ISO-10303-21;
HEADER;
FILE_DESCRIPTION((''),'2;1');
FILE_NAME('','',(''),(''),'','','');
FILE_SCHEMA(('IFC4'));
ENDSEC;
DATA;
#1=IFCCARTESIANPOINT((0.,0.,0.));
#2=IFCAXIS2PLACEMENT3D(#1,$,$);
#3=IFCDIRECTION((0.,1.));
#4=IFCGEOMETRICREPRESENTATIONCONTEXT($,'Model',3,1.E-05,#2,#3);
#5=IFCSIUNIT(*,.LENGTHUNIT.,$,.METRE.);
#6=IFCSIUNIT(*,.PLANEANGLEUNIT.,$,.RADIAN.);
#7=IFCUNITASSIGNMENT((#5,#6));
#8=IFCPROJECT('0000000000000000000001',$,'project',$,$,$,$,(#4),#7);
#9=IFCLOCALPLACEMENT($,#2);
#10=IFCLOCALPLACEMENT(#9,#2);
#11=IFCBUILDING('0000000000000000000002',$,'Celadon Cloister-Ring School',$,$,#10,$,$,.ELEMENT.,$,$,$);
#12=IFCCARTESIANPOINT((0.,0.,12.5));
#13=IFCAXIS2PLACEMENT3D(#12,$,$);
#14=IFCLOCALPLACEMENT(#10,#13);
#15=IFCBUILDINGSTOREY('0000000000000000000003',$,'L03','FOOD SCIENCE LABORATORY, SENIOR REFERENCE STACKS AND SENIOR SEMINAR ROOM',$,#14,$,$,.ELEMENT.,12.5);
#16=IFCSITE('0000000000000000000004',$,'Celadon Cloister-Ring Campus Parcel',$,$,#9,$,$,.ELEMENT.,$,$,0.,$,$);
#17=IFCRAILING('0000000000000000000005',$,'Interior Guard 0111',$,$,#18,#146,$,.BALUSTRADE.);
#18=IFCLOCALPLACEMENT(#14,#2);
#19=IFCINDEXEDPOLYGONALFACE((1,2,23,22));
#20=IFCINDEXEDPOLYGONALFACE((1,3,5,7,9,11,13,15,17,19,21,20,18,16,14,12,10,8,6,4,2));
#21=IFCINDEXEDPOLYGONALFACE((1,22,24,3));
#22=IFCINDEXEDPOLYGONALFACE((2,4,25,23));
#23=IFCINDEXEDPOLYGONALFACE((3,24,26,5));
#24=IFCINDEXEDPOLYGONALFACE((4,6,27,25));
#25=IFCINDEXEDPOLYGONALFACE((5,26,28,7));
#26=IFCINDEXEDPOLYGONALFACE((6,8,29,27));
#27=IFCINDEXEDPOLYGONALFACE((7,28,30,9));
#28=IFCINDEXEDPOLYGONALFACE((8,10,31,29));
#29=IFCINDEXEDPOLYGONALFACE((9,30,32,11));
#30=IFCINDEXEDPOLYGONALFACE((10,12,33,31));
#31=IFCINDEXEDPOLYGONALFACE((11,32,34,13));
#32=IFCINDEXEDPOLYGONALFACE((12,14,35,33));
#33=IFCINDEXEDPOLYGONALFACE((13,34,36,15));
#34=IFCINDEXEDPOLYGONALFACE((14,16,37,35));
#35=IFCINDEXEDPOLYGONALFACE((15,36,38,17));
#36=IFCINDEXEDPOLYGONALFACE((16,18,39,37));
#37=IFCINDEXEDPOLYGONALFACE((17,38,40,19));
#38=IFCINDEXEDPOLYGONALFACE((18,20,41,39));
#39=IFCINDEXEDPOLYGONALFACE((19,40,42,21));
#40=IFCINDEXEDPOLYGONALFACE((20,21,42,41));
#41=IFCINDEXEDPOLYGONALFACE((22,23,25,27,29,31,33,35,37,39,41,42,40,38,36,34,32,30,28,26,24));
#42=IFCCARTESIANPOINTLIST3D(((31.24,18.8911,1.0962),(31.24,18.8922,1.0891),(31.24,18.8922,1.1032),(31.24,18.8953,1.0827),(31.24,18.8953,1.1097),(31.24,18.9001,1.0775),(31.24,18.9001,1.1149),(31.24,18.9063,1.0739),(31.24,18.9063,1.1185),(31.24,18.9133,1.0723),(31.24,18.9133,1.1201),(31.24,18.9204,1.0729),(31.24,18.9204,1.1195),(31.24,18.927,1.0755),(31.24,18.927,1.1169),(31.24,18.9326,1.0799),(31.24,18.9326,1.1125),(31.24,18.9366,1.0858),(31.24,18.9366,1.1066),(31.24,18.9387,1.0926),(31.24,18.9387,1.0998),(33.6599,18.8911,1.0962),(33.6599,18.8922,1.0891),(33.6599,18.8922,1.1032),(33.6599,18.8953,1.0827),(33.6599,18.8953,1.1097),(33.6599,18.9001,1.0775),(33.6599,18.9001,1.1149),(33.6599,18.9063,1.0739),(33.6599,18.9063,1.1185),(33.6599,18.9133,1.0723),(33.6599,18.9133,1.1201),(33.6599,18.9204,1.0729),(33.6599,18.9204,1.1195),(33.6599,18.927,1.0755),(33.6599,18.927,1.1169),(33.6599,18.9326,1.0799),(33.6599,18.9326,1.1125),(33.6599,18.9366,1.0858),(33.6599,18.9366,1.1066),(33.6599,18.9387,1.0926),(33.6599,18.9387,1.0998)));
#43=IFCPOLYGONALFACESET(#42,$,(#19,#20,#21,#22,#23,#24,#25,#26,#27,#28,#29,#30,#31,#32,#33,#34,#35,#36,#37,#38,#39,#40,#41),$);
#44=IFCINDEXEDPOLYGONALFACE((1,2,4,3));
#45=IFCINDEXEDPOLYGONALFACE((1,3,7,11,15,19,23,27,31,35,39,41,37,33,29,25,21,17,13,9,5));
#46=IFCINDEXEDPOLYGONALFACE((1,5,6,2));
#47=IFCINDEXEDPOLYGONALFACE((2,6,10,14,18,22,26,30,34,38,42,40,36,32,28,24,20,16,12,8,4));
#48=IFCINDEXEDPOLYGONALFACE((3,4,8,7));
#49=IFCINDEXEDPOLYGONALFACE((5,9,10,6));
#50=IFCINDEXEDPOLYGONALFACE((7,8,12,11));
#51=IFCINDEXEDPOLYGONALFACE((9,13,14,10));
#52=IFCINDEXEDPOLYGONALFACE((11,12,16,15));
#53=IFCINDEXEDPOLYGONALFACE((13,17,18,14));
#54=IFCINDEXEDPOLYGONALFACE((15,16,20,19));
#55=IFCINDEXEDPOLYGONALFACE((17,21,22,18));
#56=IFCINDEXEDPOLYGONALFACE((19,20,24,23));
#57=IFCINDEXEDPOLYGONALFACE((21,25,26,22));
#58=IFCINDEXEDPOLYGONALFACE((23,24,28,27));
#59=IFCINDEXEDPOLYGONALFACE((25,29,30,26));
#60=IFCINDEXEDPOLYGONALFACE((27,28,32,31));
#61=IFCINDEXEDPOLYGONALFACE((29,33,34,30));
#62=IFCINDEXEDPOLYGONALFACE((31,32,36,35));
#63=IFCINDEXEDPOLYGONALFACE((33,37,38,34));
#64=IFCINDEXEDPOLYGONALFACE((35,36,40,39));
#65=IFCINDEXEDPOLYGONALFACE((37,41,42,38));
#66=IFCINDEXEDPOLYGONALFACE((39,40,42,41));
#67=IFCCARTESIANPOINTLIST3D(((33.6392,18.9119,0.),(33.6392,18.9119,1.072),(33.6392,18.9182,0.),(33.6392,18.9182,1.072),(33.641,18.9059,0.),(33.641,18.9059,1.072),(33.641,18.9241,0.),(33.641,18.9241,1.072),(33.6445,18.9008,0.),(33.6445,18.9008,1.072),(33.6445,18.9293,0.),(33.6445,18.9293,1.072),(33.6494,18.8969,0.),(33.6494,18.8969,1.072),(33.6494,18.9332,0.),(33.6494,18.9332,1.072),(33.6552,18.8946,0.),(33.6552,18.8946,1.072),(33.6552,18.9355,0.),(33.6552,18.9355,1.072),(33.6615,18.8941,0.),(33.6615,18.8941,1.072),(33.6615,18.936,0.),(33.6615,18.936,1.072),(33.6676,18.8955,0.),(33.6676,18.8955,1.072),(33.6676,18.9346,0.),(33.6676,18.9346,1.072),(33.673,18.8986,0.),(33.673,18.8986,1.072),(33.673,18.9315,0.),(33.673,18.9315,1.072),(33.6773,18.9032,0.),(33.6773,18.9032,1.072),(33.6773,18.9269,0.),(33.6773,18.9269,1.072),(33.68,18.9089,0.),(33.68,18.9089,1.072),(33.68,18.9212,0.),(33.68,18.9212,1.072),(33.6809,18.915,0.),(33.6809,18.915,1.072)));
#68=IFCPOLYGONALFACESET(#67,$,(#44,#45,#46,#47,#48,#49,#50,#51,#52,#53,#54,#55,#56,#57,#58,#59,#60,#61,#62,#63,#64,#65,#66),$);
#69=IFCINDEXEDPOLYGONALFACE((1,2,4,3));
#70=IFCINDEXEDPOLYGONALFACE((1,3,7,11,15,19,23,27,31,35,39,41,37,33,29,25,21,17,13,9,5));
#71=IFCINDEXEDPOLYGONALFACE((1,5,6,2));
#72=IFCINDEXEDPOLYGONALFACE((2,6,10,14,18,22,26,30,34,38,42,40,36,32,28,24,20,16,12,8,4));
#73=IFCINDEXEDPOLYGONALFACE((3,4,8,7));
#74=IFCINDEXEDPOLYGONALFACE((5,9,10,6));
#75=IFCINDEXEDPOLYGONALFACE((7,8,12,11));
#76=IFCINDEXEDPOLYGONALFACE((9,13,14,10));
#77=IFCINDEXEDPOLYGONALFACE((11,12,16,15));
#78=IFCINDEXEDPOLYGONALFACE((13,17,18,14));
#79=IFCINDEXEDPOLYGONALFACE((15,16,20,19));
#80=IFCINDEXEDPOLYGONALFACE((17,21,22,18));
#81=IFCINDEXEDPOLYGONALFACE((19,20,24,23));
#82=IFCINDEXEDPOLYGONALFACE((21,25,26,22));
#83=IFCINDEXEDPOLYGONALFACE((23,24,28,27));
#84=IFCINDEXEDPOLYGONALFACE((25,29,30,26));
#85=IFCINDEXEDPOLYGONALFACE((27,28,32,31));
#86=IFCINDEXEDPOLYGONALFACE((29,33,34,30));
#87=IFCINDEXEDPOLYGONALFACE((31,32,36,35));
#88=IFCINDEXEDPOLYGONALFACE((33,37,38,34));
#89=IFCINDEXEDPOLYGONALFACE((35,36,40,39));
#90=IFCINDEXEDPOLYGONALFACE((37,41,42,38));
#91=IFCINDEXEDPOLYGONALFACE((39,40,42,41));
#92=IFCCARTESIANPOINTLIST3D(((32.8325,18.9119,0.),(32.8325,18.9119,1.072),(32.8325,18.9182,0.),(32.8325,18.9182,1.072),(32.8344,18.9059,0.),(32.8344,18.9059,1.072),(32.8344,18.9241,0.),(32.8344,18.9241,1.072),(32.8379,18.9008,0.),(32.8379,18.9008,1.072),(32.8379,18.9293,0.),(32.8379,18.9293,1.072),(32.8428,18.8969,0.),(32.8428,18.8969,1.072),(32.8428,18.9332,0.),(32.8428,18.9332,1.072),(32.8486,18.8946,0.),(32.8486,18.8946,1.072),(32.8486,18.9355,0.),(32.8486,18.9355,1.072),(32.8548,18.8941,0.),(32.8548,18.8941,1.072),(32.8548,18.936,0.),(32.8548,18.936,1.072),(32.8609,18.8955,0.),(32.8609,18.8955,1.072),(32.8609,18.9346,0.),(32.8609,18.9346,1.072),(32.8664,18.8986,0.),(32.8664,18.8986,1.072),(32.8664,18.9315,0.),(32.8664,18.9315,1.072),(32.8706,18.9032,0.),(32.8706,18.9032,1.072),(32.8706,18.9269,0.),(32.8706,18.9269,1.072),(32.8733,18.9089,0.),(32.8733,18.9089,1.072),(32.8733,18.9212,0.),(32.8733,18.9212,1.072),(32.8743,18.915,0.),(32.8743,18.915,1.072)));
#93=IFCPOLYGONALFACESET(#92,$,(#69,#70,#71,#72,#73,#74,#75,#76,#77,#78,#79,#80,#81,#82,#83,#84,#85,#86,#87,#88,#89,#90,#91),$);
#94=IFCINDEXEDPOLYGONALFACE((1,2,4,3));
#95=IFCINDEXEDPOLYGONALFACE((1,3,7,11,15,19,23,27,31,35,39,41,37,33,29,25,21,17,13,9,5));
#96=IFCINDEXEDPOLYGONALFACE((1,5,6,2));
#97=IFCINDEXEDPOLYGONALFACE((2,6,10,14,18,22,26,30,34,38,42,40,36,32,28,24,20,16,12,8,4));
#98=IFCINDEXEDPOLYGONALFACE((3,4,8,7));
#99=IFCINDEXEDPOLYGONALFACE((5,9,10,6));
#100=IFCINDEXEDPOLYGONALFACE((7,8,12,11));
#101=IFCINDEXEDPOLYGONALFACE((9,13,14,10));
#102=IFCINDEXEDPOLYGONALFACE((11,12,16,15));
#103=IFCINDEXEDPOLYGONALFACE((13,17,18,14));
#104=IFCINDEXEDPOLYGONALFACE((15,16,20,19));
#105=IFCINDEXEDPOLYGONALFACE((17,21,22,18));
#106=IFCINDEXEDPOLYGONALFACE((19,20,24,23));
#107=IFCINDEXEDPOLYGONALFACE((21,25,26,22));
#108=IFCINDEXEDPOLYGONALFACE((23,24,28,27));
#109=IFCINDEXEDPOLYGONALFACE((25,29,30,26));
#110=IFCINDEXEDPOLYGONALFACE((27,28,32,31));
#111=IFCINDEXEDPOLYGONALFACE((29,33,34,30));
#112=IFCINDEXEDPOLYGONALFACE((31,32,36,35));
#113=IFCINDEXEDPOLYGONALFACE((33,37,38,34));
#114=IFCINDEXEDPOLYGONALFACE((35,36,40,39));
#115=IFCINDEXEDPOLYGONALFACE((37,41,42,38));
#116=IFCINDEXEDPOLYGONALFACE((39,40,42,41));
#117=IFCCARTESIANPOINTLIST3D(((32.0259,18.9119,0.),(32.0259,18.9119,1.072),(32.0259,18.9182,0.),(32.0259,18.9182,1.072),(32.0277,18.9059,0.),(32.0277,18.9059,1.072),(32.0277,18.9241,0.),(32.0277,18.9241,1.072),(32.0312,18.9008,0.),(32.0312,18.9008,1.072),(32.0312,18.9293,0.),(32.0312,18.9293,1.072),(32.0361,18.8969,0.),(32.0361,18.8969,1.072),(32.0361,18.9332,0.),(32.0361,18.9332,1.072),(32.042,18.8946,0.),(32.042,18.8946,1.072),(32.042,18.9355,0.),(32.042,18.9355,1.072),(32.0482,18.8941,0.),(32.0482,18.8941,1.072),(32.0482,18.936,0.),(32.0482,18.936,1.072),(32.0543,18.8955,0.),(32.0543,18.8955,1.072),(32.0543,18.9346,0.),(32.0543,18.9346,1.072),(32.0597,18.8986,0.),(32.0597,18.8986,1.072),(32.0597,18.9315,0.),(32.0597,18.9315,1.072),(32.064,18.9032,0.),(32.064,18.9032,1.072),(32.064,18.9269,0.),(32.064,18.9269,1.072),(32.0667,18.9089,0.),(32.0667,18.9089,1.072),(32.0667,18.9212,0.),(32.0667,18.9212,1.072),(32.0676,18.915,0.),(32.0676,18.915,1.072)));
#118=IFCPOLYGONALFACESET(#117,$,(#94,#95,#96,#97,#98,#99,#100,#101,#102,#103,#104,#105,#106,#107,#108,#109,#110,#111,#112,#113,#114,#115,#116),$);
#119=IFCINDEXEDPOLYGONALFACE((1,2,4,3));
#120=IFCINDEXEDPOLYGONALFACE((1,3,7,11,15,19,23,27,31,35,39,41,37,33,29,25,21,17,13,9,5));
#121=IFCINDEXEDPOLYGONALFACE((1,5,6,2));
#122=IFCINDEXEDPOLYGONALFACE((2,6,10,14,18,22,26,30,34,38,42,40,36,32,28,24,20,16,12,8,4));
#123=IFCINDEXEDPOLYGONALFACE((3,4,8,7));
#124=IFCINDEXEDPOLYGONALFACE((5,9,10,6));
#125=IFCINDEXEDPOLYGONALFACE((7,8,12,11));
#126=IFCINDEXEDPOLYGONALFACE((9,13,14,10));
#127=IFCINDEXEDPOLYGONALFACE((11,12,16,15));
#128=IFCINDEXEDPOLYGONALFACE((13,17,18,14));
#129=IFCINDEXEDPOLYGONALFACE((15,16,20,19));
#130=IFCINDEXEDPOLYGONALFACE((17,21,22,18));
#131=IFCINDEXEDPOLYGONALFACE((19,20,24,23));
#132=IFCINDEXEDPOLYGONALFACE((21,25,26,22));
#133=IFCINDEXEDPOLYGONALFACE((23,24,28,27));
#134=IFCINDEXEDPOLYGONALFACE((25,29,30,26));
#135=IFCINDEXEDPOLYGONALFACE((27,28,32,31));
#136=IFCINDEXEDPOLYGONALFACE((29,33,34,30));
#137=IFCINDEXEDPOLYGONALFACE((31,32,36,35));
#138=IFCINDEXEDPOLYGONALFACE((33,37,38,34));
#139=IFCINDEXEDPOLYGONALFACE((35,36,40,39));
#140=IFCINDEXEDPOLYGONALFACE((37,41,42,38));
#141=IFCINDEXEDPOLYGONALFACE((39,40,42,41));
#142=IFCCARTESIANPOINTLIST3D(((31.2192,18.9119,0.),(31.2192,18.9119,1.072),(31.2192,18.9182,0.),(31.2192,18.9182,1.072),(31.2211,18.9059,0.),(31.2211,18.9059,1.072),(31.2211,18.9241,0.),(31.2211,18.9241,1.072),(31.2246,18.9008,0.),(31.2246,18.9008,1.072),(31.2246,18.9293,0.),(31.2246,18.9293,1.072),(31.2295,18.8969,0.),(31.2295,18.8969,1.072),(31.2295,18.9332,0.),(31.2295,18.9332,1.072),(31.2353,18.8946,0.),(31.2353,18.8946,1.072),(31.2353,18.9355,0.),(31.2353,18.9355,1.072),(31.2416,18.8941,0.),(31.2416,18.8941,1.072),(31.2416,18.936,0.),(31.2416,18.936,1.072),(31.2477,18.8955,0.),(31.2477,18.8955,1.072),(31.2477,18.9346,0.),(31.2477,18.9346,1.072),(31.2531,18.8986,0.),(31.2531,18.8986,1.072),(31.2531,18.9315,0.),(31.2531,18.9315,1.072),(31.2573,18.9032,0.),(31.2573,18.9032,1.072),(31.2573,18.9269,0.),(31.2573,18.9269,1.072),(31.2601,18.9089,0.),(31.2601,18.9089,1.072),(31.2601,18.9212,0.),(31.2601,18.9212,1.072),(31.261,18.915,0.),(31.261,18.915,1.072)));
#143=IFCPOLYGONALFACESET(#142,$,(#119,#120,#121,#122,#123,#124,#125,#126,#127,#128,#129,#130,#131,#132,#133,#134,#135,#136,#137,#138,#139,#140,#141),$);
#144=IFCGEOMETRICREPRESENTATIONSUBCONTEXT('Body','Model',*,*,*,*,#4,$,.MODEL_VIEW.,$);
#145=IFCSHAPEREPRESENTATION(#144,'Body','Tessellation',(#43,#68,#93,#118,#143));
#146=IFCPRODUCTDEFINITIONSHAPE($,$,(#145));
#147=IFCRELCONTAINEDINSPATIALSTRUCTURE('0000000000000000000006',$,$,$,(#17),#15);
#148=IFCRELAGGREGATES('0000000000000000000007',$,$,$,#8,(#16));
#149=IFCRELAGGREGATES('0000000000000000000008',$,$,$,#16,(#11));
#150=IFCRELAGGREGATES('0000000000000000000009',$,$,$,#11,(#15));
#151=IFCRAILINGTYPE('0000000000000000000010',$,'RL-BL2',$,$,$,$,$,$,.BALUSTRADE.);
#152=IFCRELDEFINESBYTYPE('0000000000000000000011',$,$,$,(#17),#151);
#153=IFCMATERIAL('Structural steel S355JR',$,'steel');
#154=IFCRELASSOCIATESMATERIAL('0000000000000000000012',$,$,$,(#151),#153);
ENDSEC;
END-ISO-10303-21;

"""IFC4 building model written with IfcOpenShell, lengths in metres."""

from ifc_helpers import new_model, si_unit, direction, frame, origin, origin_2d, place, context, subcontext, project, spatial, circle, extrude, material, type_object, element, save


model = new_model("IFC4")

# Units and contexts
model_context = context("Model", 3, precision=1e-05, world=origin(), true_north=direction((0.0, 1.0)))
body_context = subcontext(model_context, "Body", "Model", "MODEL_VIEW")
ifc_project = project(units=[si_unit("LENGTHUNIT", "METRE"), si_unit("PLANEANGLEUNIT", "RADIAN")], contexts=[model_context])

# Site, building, storey
site_placement = place(None, origin())
site = spatial("IfcSite", under=ifc_project, at=site_placement, Name="Celadon Cloister-Ring Campus Parcel", CompositionType="ELEMENT", RefElevation=0.0)
building_placement = place(site_placement, origin())
building = spatial("IfcBuilding", under=site, at=building_placement, Name="Celadon Cloister-Ring School", CompositionType="ELEMENT")
storey_placement = place(building_placement, frame((0.0, 0.0, 12.5)))
storey = spatial("IfcBuildingStorey", under=building, at=storey_placement, Name="L03", Description="FOOD SCIENCE LABORATORY, SENIOR REFERENCE STACKS AND SENIOR SEMINAR ROOM", CompositionType="ELEMENT", Elevation=12.5)

# Railing
ifc_material_1 = material(Name="Structural steel S355JR", Category="steel")
railing_type_1 = type_object("IfcRailingType", Name="RL-BL2", PredefinedType="BALUSTRADE", material=ifc_material_1)
railing_1_placement = place(storey_placement, frame((33.6599, 18.915, 0.0)))
element("IfcRailing", 1, at=railing_1_placement, inside=storey, type_object=railing_type_1, Name="Interior Guard 0111", PredefinedType="BALUSTRADE", context=body_context, shape_type="SweptSolid", body=[
    extrude(circle(Radius=0.0239, at=origin_2d()), frame((0.0, 0.0, 1.0962), z_axis=(-1.0, 0.0, 0.0), x_axis=(0.0, -1.0, 0.0)), (0.0, 0.0, 1.0), 2.4199),
    extrude(circle(Radius=0.021, at=origin_2d()), origin(), (0.0, 0.0, 1.0), 1.072),
    extrude(circle(Radius=0.021, at=origin_2d()), frame((-0.8066, 0.0, 0.0)), (0.0, 0.0, 1.0), 1.072),
    extrude(circle(Radius=0.021, at=origin_2d()), frame((-1.6133, 0.0, 0.0)), (0.0, 0.0, 1.0), 1.072),
    extrude(circle(Radius=0.021, at=origin_2d()), frame((-2.4199, 0.0, 0.0)), (0.0, 0.0, 1.0), 1.072),
])

save(model, "model.ifc")
